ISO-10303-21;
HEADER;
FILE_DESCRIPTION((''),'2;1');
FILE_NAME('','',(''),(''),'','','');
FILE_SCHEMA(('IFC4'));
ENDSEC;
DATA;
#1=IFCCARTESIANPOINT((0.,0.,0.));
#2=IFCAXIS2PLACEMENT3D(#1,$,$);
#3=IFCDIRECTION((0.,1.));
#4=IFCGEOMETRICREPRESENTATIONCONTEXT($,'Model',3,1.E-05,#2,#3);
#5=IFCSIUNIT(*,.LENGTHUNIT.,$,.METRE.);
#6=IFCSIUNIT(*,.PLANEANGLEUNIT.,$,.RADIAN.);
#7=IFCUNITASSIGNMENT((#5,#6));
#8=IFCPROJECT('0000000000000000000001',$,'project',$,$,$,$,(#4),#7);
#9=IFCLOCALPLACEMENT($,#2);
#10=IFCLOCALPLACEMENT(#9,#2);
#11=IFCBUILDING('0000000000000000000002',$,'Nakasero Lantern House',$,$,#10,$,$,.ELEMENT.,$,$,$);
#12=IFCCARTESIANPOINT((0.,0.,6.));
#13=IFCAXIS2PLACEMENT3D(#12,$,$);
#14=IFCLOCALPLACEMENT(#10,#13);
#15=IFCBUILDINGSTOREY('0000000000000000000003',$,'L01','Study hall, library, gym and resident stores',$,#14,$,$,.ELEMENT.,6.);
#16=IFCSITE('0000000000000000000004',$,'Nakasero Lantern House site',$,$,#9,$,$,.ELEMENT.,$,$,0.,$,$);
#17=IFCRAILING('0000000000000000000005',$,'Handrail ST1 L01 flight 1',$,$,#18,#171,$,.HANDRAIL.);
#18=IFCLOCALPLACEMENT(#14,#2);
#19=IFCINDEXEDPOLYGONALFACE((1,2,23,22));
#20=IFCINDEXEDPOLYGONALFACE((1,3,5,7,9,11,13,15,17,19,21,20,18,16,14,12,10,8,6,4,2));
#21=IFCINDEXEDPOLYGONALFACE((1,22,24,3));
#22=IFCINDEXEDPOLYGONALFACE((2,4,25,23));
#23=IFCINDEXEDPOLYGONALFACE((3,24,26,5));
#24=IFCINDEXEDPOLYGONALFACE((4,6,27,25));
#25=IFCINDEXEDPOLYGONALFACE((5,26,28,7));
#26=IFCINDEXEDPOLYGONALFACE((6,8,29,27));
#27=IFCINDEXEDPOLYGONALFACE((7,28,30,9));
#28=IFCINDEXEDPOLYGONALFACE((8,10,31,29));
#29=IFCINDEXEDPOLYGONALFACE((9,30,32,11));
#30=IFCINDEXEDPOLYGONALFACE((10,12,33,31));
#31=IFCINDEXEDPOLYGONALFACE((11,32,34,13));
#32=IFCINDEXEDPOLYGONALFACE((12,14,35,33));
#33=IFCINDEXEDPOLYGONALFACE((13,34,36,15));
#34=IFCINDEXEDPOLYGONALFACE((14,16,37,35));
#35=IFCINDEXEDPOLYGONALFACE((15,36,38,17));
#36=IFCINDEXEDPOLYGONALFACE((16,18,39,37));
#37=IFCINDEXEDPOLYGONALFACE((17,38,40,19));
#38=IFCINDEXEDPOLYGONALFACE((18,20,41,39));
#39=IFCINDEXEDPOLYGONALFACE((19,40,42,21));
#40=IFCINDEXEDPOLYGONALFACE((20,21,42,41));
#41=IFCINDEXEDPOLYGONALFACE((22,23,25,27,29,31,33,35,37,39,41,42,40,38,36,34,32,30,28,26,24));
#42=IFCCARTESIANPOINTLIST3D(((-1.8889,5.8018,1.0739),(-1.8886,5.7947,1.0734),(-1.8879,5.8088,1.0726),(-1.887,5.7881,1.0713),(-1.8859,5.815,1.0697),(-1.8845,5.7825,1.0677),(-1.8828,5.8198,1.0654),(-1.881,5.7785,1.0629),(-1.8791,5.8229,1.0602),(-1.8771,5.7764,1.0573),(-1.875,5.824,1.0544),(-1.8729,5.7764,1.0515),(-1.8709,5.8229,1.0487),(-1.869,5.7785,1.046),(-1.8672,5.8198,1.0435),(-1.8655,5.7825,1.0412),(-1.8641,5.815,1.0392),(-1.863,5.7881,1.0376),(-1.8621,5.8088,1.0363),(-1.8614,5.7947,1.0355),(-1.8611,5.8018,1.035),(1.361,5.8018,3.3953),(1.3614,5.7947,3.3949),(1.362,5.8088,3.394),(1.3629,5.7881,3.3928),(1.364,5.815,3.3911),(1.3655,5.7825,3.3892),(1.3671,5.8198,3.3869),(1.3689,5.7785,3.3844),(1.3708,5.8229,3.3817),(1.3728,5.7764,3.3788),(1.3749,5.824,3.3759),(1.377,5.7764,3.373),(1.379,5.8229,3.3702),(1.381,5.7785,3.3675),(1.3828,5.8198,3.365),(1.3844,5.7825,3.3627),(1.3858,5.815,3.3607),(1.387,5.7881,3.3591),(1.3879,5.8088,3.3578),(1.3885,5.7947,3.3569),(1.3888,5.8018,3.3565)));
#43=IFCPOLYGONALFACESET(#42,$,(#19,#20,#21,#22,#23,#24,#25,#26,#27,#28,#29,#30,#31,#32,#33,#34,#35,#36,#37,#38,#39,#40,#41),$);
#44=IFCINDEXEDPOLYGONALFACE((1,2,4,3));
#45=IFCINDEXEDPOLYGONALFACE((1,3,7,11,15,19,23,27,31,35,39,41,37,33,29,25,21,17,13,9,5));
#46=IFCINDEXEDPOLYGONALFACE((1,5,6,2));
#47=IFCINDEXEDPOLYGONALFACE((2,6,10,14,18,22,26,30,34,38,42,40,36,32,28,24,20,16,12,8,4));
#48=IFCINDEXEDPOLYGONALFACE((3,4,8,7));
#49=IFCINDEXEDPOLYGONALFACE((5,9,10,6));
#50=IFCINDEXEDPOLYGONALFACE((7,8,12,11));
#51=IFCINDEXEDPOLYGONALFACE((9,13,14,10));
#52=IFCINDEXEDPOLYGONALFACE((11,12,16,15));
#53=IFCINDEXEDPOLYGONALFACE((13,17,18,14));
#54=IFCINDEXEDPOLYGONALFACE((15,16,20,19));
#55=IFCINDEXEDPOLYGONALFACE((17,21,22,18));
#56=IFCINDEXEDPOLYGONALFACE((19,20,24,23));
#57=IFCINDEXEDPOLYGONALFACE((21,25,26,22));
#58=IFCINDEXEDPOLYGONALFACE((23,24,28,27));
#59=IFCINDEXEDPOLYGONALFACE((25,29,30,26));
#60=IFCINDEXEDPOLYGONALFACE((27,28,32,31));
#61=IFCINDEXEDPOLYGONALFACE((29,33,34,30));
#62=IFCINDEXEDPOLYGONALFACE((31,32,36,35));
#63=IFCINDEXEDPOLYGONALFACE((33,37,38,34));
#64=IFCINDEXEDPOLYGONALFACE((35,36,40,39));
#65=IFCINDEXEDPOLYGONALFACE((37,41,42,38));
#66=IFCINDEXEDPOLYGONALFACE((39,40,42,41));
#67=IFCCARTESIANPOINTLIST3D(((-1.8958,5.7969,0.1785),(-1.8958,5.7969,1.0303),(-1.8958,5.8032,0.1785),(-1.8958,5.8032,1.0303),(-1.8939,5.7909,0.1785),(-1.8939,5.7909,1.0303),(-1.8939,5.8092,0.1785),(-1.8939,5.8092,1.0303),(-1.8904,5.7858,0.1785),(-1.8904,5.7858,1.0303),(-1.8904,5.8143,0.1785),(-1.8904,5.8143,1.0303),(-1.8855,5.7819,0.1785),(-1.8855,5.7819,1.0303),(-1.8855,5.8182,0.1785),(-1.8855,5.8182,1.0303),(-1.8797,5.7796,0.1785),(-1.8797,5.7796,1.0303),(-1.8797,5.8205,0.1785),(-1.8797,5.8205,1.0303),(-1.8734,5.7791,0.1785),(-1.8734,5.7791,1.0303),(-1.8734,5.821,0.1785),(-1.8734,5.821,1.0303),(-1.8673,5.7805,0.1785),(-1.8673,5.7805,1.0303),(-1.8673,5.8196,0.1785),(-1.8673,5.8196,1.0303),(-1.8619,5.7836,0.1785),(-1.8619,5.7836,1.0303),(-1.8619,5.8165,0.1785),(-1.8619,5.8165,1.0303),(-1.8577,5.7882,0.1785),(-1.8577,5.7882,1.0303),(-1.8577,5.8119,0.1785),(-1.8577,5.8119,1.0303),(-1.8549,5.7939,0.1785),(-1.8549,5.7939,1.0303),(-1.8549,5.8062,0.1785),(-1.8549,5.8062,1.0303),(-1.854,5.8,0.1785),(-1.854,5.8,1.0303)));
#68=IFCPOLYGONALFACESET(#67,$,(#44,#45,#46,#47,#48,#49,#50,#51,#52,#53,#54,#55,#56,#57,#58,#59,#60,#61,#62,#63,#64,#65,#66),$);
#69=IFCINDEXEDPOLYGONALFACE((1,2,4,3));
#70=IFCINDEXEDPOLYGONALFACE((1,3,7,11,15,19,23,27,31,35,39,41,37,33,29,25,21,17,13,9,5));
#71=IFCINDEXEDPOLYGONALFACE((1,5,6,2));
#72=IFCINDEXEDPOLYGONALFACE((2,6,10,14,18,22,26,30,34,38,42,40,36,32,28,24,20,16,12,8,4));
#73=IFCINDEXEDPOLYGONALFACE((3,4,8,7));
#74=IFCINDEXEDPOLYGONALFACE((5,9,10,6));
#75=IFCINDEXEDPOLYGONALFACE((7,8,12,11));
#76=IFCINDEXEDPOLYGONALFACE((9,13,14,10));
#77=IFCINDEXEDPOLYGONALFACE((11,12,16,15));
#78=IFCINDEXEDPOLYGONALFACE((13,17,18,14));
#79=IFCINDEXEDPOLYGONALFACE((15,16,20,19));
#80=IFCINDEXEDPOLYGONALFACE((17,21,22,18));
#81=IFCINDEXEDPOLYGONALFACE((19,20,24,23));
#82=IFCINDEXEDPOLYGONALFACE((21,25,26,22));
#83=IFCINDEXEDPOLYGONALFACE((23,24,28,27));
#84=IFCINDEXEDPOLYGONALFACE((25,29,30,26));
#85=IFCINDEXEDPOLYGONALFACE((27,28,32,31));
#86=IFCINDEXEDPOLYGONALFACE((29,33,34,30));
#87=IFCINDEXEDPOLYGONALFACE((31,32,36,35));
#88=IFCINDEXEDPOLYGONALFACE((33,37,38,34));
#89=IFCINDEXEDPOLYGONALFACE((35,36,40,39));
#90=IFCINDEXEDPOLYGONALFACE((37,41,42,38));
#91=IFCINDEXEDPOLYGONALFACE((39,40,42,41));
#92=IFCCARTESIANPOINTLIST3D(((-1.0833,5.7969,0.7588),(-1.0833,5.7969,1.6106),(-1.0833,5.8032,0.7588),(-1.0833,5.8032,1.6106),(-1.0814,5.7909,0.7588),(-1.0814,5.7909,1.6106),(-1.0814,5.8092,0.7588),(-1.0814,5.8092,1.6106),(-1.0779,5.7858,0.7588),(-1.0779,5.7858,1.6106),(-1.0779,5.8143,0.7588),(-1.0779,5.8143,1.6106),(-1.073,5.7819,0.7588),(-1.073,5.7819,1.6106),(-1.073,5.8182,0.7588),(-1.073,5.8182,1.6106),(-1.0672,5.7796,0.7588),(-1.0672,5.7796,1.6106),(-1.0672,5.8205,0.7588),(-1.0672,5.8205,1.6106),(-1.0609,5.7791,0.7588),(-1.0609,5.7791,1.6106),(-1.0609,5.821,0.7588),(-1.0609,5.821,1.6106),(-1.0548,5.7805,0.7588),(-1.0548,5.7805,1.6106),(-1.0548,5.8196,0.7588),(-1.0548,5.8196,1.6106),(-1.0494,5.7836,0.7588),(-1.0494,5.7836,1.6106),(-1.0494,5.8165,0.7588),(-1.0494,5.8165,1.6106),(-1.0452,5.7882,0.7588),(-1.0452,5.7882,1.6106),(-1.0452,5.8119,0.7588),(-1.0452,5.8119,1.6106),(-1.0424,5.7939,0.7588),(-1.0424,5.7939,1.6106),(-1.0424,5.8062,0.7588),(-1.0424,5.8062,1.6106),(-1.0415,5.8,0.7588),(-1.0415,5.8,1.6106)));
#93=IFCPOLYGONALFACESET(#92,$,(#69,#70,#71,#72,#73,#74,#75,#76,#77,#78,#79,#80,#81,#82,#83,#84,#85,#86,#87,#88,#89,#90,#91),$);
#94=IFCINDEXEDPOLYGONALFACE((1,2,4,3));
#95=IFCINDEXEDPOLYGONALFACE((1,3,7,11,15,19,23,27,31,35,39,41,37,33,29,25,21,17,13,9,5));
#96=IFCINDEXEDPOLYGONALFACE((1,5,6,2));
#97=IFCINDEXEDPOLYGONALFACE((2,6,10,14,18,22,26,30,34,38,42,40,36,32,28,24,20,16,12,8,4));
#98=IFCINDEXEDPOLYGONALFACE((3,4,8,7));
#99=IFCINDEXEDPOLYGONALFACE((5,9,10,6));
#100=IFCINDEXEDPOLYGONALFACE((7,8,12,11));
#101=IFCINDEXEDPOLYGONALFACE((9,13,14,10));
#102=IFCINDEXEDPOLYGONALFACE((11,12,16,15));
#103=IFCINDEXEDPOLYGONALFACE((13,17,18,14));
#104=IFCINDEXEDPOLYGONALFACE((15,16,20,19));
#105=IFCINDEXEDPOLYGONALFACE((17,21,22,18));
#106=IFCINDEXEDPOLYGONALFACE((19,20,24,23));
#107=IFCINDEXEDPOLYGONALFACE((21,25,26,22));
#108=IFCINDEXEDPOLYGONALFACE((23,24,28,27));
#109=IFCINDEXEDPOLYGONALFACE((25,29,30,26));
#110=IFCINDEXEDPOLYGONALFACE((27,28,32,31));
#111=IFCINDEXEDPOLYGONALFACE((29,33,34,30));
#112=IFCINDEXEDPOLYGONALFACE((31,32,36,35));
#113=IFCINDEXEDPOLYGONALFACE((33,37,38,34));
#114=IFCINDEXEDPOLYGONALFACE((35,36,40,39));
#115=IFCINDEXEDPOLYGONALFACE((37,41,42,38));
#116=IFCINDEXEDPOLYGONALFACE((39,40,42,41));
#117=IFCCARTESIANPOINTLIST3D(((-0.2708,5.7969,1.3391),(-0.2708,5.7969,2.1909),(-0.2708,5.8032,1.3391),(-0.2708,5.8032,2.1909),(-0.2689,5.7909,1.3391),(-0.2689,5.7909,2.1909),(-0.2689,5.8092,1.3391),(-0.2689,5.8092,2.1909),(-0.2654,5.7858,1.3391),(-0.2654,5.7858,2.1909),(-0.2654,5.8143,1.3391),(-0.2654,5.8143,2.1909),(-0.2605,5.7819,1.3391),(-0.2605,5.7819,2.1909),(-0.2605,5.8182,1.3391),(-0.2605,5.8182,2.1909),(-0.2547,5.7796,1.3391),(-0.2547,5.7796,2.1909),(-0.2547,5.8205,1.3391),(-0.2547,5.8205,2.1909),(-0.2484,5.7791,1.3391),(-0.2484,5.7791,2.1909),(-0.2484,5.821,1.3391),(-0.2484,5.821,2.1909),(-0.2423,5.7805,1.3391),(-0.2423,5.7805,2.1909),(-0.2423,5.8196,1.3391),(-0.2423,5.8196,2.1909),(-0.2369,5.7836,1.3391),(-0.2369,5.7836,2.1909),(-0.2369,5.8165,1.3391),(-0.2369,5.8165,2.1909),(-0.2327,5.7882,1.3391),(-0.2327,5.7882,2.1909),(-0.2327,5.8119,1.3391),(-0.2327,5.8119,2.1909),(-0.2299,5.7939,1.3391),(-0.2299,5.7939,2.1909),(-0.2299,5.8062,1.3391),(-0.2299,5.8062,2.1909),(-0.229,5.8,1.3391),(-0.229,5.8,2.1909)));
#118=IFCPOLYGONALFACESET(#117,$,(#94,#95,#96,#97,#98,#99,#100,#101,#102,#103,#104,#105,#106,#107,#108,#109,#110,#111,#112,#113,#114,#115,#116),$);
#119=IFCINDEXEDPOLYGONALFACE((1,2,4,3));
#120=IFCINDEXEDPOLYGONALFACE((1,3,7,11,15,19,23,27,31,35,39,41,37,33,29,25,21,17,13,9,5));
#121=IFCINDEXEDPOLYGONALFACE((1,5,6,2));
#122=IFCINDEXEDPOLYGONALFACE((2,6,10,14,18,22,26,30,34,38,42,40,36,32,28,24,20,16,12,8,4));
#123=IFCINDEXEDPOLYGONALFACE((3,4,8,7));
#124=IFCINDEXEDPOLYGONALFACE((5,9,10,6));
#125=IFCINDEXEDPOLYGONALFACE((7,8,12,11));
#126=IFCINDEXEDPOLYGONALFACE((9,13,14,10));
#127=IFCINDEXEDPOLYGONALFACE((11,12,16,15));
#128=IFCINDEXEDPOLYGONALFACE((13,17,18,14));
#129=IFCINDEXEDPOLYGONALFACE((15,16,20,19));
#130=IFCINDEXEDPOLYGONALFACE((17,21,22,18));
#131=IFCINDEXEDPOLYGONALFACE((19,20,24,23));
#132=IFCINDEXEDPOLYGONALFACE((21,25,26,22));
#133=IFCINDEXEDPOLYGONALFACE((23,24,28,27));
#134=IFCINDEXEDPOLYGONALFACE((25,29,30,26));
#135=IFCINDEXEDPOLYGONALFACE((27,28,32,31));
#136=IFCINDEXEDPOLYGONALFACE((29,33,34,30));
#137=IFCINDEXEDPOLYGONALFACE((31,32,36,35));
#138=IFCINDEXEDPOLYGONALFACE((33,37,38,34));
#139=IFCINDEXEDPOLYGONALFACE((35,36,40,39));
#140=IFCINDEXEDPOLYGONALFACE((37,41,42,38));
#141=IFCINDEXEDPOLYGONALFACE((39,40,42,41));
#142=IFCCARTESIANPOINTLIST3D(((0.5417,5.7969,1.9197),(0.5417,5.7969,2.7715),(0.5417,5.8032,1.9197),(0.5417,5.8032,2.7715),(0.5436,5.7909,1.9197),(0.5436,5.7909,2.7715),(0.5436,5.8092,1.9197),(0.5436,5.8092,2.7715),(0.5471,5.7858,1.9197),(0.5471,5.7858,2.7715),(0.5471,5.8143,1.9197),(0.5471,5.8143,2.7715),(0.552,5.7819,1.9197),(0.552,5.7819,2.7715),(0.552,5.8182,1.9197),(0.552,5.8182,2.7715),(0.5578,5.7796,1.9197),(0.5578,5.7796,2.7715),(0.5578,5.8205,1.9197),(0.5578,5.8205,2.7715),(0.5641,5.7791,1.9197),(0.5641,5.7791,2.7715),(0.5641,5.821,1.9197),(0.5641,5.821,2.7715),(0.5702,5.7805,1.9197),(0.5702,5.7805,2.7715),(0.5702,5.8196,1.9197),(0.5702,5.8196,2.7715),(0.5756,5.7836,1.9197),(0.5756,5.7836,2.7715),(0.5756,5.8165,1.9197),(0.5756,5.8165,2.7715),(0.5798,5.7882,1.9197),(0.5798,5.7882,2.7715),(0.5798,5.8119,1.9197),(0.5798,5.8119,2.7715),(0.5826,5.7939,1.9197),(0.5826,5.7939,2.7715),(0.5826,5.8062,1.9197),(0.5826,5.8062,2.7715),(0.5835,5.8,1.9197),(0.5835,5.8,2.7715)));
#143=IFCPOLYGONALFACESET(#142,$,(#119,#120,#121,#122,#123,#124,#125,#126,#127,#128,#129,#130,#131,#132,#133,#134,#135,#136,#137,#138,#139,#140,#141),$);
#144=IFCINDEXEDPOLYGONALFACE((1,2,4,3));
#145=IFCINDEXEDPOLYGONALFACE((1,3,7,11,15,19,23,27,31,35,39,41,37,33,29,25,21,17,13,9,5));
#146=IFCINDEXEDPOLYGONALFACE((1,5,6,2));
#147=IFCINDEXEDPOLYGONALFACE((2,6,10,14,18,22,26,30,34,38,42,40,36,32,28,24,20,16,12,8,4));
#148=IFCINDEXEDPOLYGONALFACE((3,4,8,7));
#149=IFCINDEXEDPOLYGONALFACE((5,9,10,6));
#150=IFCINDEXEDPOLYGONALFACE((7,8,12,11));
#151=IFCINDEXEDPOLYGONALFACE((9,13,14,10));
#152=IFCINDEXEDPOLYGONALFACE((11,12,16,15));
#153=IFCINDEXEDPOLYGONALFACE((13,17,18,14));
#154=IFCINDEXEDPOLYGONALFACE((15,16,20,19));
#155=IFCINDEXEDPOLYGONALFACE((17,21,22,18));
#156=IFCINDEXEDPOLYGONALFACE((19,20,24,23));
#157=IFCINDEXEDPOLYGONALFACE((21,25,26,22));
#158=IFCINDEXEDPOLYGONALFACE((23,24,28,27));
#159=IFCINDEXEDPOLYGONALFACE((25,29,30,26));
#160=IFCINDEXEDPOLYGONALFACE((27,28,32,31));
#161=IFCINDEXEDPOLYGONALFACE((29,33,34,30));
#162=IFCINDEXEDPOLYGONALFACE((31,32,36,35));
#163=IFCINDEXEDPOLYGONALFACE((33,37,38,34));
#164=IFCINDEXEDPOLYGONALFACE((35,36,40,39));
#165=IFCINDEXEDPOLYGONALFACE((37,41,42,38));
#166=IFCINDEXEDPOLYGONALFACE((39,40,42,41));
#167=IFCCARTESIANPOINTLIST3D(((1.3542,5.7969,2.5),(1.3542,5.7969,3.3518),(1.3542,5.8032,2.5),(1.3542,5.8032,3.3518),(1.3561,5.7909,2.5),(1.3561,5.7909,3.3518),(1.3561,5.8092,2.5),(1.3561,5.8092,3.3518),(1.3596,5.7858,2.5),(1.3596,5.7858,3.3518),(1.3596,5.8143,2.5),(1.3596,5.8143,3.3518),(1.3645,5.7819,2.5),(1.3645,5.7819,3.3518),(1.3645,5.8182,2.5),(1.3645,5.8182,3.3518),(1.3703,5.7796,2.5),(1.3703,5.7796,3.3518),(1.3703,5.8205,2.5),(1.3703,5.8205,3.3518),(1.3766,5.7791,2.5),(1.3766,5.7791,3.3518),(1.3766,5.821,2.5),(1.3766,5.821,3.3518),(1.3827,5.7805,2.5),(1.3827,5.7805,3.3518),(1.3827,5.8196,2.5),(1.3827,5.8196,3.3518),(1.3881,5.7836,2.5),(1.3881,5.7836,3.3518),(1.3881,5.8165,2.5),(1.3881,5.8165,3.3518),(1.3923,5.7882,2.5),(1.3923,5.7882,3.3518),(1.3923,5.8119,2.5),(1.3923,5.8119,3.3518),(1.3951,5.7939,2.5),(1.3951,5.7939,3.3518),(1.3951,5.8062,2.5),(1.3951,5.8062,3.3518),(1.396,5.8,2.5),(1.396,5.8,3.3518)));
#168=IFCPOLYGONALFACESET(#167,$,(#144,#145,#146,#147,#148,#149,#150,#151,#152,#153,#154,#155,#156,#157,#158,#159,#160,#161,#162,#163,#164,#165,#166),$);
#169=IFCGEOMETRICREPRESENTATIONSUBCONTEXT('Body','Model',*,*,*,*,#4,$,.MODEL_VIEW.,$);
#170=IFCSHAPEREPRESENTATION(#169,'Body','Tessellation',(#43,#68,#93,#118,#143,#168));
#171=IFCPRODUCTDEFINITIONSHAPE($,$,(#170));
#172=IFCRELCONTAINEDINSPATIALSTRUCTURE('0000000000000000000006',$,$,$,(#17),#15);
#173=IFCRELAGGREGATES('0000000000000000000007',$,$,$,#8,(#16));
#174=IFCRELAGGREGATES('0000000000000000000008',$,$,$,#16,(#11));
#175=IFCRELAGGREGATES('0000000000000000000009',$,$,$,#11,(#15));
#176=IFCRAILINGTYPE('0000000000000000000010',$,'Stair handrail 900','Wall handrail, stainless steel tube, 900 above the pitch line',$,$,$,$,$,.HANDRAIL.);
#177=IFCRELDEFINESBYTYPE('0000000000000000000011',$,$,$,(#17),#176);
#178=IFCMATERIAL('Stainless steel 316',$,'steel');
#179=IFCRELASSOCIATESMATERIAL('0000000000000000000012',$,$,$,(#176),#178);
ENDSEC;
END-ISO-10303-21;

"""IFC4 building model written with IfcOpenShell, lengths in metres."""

from ifc_helpers import new_model, si_unit, direction, frame, origin, origin_2d, place, context, subcontext, project, spatial, circle, extrude, material, type_object, element, save


model = new_model("IFC4")

# Units and contexts
model_context = context("Model", 3, precision=1e-05, world=origin(), true_north=direction((0.0, 1.0)))
body_context = subcontext(model_context, "Body", "Model", "MODEL_VIEW")
ifc_project = project(units=[si_unit("LENGTHUNIT", "METRE"), si_unit("PLANEANGLEUNIT", "RADIAN")], contexts=[model_context])

# Site, building, storey
site_placement = place(None, origin())
site = spatial("IfcSite", under=ifc_project, at=site_placement, Name="Nakasero Lantern House site", CompositionType="ELEMENT", RefElevation=0.0)
building_placement = place(site_placement, origin())
building = spatial("IfcBuilding", under=site, at=building_placement, Name="Nakasero Lantern House", CompositionType="ELEMENT")
storey_placement = place(building_placement, frame((0.0, 0.0, 6.0)))
storey = spatial("IfcBuildingStorey", under=building, at=storey_placement, Name="L01", Description="Study hall, library, gym and resident stores", CompositionType="ELEMENT", Elevation=6.0)

# Railing
ifc_material_1 = material(Name="Stainless steel 316", Category="steel")
railing_type = type_object("IfcRailingType", Name="Stair handrail 900", Description="Wall handrail, stainless steel tube, 900 above the pitch line", PredefinedType="HANDRAIL", material=ifc_material_1)
railing_placement = place(storey_placement, frame((-1.875, 5.8, 0.1785)))
element("IfcRailing", 1, at=railing_placement, inside=storey, type_object=railing_type, Name="Handrail ST1 L01 flight 1", PredefinedType="HANDRAIL", context=body_context, shape_type="SweptSolid", body=[
    extrude(circle(Radius=0.0239, at=origin_2d()), frame((0.0, 0.0, 0.876), z_axis=(0.813721, 0.0, 0.581256), x_axis=(0.0, 1.0, 0.0)), (0.0, 0.0, 1.0), 3.9939),
    extrude(circle(Radius=0.021, at=origin_2d()), origin(), (0.0, 0.0, 1.0), 0.8518),
    extrude(circle(Radius=0.021, at=origin_2d()), frame((0.8125, 0.0, 0.5803)), (0.0, 0.0, 1.0), 0.8518),
    extrude(circle(Radius=0.021, at=origin_2d()), frame((1.625, 0.0, 1.1606)), (0.0, 0.0, 1.0), 0.8518),
    extrude(circle(Radius=0.021, at=origin_2d()), frame((2.4375, 0.0, 1.7412)), (0.0, 0.0, 1.0), 0.8518),
    extrude(circle(Radius=0.021, at=origin_2d()), frame((3.25, 0.0, 2.3215)), (0.0, 0.0, 1.0), 0.8518),
])

save(model, "model.ifc")
